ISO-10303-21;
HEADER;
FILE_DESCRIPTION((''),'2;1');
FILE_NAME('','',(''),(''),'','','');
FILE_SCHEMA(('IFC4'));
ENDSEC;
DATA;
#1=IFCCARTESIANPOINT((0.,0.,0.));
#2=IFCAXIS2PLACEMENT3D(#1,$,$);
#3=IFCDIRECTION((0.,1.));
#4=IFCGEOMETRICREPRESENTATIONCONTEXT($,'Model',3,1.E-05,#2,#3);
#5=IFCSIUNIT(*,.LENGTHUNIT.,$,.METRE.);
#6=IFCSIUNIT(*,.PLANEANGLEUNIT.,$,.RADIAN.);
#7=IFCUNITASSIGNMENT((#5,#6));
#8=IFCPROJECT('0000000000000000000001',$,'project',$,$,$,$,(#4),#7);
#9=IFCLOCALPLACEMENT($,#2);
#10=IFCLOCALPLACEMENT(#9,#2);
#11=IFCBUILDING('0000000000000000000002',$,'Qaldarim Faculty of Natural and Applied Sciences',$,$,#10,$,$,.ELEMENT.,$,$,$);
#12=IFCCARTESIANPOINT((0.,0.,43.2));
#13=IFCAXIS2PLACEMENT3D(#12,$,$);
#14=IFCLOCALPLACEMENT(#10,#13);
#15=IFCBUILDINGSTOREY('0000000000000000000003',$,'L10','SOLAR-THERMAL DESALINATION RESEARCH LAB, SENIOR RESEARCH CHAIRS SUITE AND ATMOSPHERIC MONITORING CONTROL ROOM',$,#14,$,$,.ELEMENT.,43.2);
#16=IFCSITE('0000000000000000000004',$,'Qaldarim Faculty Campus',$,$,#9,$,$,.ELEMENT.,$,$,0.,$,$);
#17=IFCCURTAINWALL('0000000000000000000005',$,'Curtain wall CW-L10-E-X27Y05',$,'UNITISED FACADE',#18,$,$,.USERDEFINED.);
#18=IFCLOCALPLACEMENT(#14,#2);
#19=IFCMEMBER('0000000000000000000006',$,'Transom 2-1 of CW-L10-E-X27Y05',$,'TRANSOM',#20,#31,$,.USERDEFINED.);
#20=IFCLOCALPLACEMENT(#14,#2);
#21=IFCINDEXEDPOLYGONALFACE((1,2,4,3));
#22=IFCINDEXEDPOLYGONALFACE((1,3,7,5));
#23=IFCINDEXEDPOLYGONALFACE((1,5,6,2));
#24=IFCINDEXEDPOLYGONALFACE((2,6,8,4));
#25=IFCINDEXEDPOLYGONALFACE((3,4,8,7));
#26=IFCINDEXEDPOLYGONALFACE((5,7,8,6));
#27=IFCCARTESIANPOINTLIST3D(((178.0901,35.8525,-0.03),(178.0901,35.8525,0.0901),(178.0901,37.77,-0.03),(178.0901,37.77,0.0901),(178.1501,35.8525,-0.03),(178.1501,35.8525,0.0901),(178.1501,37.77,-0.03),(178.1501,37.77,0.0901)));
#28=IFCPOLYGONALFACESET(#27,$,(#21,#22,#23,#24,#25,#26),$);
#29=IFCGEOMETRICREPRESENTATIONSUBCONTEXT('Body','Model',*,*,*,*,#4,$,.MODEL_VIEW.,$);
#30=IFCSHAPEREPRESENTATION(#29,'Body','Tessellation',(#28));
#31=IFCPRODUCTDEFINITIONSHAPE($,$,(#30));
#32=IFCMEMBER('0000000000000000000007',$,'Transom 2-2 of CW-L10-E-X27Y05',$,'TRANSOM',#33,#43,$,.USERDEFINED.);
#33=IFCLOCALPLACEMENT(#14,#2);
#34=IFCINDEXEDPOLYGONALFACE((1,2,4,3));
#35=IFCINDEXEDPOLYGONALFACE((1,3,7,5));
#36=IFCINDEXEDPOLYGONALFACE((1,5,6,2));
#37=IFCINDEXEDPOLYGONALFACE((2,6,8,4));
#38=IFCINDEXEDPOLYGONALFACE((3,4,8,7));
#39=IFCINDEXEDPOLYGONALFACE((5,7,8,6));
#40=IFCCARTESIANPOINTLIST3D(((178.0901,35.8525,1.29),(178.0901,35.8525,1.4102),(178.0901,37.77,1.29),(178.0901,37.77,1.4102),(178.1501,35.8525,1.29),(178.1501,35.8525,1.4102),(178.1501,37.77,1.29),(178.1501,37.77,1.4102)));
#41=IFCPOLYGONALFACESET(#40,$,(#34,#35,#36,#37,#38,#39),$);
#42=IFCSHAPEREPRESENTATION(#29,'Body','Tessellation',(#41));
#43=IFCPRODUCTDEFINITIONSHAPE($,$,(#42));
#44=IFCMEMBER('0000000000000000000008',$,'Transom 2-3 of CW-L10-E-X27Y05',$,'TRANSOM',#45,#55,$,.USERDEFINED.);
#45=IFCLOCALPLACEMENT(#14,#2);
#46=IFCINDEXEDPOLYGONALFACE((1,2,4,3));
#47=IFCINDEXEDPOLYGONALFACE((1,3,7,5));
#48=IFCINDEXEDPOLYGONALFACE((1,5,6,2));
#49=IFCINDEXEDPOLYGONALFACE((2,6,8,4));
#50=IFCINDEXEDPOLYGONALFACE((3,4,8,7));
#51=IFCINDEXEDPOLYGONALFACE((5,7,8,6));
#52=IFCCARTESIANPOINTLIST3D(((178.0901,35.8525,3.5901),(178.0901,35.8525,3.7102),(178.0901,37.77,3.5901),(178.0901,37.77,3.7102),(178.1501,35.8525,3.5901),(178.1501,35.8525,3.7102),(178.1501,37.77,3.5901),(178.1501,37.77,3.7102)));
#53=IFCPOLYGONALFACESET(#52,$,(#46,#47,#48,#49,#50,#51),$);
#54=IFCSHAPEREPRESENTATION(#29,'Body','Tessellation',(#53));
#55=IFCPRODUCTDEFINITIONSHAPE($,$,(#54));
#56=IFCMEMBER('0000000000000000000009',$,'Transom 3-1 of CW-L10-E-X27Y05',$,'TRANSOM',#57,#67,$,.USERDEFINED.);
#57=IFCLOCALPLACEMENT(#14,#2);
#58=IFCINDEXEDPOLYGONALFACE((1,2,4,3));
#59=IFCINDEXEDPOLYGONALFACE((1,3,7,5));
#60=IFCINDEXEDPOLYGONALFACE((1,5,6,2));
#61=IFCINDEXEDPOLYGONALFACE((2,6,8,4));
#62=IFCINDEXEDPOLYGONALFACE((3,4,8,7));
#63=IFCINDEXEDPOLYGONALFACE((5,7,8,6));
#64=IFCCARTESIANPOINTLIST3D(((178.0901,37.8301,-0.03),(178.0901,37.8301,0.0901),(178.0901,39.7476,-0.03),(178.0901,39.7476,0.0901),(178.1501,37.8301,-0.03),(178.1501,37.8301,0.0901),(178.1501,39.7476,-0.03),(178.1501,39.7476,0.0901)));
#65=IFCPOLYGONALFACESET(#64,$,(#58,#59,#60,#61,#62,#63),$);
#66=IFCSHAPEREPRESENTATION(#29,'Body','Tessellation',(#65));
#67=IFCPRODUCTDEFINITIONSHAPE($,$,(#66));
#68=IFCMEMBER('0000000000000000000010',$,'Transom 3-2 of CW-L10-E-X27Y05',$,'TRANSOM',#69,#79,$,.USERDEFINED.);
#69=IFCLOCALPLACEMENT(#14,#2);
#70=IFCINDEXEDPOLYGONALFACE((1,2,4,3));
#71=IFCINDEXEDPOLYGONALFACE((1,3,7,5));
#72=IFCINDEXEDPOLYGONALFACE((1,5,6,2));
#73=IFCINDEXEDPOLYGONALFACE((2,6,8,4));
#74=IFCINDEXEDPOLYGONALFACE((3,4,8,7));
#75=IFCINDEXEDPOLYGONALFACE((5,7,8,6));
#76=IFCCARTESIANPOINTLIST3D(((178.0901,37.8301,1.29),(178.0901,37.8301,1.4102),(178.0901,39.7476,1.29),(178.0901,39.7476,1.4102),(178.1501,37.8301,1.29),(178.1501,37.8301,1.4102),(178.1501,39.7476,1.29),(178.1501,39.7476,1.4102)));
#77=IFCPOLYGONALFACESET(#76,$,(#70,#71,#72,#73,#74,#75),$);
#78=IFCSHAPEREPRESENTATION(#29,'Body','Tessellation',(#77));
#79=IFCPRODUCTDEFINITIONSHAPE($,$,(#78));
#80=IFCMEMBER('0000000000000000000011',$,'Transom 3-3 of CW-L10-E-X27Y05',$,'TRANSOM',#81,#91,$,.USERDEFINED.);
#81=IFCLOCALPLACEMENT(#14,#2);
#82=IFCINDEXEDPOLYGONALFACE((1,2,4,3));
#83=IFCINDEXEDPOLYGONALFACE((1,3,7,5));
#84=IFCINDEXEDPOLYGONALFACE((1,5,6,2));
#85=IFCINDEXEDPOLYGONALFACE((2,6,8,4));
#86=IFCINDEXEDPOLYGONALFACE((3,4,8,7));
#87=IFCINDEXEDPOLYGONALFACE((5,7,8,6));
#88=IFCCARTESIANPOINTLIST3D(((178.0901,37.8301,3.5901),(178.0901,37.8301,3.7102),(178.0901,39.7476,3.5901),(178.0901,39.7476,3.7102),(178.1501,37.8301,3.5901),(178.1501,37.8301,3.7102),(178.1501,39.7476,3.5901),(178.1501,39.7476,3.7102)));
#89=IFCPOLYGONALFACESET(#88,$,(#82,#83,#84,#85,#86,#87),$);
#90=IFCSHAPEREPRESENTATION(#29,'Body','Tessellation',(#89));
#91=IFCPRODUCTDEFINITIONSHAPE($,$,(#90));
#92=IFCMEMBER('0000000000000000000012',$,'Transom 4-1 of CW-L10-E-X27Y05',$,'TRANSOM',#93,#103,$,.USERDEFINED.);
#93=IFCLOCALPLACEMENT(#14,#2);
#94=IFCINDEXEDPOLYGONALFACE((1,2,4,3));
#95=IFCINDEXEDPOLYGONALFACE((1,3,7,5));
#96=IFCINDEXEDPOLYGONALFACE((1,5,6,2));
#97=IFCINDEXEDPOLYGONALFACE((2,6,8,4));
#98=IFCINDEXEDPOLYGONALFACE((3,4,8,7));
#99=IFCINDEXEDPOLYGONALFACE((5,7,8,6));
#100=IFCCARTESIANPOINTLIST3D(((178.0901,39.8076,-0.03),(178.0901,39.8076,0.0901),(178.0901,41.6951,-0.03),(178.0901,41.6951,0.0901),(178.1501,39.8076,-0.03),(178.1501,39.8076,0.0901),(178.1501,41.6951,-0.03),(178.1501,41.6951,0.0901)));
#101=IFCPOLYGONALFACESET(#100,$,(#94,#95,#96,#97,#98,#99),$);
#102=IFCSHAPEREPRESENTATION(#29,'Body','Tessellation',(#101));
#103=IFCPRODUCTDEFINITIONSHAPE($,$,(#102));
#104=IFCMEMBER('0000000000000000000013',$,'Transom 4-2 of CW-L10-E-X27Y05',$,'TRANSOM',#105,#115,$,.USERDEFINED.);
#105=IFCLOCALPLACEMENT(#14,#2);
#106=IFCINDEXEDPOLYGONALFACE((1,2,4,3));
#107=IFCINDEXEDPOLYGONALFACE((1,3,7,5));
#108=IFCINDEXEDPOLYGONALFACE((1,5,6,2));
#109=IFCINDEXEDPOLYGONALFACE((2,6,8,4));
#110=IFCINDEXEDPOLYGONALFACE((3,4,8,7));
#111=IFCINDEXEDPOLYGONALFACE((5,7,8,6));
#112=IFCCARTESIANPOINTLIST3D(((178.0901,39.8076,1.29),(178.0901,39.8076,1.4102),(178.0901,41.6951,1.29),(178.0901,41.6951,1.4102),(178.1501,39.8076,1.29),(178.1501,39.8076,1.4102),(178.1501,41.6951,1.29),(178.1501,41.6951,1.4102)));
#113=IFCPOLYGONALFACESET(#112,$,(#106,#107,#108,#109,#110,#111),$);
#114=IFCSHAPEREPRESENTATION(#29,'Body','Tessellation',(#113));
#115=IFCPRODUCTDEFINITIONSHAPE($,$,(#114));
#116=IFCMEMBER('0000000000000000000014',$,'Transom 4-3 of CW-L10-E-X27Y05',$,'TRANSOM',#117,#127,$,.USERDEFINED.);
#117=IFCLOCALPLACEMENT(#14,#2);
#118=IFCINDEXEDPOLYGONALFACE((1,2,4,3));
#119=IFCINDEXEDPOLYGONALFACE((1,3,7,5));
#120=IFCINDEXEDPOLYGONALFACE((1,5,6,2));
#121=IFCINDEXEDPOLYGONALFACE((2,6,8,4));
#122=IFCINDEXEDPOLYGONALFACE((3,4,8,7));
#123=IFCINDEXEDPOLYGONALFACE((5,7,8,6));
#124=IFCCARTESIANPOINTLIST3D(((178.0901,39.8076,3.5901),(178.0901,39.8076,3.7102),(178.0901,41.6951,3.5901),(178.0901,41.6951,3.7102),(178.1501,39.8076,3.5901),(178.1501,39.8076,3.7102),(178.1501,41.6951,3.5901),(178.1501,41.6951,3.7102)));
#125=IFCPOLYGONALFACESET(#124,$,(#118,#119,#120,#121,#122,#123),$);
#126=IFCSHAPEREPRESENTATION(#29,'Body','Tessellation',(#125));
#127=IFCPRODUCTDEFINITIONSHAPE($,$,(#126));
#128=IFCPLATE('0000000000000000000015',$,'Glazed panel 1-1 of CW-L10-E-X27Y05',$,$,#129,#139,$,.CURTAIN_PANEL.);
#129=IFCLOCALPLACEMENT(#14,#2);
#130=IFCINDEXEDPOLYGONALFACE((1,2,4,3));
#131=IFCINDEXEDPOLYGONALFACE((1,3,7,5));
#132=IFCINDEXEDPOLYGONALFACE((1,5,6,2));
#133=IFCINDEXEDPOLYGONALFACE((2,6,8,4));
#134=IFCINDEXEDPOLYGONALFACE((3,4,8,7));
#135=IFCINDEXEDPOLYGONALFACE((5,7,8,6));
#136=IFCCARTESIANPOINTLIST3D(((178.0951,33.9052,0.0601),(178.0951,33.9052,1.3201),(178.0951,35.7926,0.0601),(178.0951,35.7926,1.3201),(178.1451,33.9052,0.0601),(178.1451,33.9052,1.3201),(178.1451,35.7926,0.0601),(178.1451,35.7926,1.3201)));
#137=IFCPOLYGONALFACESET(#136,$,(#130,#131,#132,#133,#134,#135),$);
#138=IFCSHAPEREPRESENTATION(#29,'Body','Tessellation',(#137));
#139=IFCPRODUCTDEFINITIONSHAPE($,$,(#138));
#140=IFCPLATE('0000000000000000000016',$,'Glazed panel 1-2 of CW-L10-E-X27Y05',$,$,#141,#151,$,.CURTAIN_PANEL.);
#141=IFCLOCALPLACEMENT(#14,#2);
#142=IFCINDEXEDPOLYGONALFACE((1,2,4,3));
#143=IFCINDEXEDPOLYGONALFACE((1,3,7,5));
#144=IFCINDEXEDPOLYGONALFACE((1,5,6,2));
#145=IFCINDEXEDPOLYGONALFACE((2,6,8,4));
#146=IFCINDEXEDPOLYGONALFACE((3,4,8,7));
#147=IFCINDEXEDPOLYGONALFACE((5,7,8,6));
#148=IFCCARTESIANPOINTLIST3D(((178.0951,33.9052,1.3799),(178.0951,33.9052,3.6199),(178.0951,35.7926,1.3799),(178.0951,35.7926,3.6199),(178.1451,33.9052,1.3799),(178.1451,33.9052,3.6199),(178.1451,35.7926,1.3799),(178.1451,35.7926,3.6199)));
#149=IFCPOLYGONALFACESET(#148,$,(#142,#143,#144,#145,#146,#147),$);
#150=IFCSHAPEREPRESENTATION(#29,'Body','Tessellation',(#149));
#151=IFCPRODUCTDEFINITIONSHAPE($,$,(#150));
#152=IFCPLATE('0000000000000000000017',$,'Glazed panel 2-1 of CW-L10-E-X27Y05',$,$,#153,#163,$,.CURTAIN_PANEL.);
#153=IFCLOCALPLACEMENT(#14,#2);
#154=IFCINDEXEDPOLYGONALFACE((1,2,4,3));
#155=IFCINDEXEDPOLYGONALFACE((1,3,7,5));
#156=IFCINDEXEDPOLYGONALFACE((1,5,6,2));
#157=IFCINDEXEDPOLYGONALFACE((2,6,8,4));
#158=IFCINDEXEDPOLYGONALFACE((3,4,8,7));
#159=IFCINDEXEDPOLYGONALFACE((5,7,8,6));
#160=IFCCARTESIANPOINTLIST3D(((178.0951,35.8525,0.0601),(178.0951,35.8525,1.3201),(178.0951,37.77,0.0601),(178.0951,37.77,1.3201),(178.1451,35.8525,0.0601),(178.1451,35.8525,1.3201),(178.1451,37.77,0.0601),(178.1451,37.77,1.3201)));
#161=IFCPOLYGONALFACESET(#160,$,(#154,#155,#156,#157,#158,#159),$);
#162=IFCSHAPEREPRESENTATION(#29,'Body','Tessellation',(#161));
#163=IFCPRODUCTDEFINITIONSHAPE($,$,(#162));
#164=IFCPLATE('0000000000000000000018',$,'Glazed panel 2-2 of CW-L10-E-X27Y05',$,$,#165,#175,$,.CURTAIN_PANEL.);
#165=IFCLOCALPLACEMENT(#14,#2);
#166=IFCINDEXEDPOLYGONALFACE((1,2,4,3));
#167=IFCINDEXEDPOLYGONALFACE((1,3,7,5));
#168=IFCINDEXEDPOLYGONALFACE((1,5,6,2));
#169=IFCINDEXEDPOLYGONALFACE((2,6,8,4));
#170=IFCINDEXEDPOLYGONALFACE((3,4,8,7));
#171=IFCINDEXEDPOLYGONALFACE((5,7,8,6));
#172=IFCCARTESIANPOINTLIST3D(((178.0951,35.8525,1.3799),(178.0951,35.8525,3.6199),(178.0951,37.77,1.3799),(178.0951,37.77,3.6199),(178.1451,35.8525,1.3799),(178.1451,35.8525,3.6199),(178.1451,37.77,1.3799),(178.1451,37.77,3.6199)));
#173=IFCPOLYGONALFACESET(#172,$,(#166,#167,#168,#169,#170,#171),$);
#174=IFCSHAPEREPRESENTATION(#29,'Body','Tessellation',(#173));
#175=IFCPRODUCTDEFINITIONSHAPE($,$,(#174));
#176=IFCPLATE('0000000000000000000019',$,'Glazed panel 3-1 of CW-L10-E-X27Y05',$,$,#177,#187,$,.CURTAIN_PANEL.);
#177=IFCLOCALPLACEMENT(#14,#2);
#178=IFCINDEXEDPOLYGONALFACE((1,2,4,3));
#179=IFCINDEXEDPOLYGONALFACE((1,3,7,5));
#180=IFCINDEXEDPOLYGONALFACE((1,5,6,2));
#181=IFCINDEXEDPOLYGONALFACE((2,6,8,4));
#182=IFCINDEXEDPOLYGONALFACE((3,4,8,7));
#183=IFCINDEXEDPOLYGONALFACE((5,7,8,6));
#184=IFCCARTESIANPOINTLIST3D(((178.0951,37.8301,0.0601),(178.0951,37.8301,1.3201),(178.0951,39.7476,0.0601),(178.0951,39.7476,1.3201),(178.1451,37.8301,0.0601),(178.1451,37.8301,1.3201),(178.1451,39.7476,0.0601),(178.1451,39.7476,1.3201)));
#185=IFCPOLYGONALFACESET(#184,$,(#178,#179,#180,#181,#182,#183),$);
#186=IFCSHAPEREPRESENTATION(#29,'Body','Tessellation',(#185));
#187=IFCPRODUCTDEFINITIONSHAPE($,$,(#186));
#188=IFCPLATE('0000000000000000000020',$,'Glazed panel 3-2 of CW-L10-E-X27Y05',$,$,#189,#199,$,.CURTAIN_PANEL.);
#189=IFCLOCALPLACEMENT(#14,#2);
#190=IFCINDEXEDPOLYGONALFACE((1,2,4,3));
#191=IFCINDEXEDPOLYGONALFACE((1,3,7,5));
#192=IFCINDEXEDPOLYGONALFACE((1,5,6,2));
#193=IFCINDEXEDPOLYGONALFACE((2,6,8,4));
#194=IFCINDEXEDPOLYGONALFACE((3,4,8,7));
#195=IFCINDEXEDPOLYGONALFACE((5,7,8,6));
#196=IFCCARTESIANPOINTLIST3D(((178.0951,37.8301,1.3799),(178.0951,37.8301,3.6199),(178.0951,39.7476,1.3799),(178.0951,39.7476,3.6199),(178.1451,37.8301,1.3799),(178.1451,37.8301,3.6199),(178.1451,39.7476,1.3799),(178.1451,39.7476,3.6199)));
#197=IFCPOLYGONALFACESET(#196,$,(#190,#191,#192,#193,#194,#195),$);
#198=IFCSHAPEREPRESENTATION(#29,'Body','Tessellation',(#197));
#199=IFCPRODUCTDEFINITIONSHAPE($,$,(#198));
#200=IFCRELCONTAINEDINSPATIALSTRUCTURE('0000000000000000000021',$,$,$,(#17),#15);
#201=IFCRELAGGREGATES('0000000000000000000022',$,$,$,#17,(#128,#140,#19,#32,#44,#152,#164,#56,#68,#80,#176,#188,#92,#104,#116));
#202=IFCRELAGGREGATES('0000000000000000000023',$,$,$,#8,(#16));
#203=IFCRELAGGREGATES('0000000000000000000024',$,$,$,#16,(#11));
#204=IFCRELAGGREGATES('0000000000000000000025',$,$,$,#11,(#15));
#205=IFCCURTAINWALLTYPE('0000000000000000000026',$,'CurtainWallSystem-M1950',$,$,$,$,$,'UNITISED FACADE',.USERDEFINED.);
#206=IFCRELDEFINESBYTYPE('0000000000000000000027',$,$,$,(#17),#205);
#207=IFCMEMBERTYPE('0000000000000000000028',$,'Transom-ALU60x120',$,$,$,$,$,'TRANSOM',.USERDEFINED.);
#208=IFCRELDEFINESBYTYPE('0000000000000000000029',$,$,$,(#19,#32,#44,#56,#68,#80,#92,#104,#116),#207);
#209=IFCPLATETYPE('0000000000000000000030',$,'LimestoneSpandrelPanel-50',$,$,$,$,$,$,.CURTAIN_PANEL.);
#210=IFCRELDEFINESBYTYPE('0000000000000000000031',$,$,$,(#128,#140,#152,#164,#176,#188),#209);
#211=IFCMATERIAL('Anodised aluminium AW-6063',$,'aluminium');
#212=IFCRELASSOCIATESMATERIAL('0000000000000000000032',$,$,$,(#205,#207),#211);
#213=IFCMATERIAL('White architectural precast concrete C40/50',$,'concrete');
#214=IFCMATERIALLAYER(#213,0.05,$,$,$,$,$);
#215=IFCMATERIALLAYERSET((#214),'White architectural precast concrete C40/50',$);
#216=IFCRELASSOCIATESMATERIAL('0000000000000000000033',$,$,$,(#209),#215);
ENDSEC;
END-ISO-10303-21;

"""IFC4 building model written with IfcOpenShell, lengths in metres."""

from ifc_helpers import new_model, si_unit, direction, frame, origin, origin_2d, place, context, subcontext, project, spatial, rectangle, extrude, material, layer, layer_set, material_profile, profile_set, type_object, element, aggregate, save


model = new_model("IFC4")

# Units and contexts
model_context = context("Model", 3, precision=1e-05, world=origin(), true_north=direction((0.0, 1.0)))
body_context = subcontext(model_context, "Body", "Model", "MODEL_VIEW")
ifc_project = project(units=[si_unit("LENGTHUNIT", "METRE"), si_unit("PLANEANGLEUNIT", "RADIAN")], contexts=[model_context])

# Site, building, storey
site_placement = place(None, origin())
site = spatial("IfcSite", under=ifc_project, at=site_placement, Name="Qaldarim Faculty Campus", CompositionType="ELEMENT", RefElevation=0.0)
building_placement = place(site_placement, origin())
building = spatial("IfcBuilding", under=site, at=building_placement, Name="Qaldarim Faculty of Natural and Applied Sciences", CompositionType="ELEMENT")
storey_placement = place(building_placement, frame((0.0, 0.0, 43.2)))
storey = spatial("IfcBuildingStorey", under=building, at=storey_placement, Name="L10", Description="SOLAR-THERMAL DESALINATION RESEARCH LAB, SENIOR RESEARCH CHAIRS SUITE AND ATMOSPHERIC MONITORING CONTROL ROOM", CompositionType="ELEMENT", Elevation=43.2)

# Curtain wall
ifc_material_1 = material(Name="Anodised aluminium AW-6063", Category="aluminium")
curtain_wall_type = type_object("IfcCurtainWallType", Name="CurtainWallSystem-M1950", ElementType="UNITISED FACADE", PredefinedType="USERDEFINED", material=ifc_material_1)
curtain_wall_placement = place(storey_placement, origin())
curtain_wall = element("IfcCurtainWall", 1, at=curtain_wall_placement, inside=storey, type_object=curtain_wall_type, Name="Curtain wall CW-L10-E-X27Y05", ObjectType="UNITISED FACADE", PredefinedType="USERDEFINED")

# Members
ifc_material_profile_1 = material_profile(ifc_material_1, rectangle(XDim=0.0601, YDim=0.1201, at=origin_2d()), Name="ALU-T60x120")
ifc_profile_set_1 = profile_set([ifc_material_profile_1], Name="Anodised aluminium AW-6063")
member_type_1 = type_object("IfcMemberType", Name="Transom-ALU60x120", ElementType="TRANSOM", PredefinedType="USERDEFINED", material=ifc_profile_set_1)
member_1_placement = place(storey_placement, frame((178.1201, 35.8525, 0.03), z_axis=(0.0, 1.0, 0.0), x_axis=(-1.0, 0.0, 0.0)))
member_1 = element("IfcMember", 2, at=member_1_placement, type_object=member_type_1, Name="Transom 2-1 of CW-L10-E-X27Y05", ObjectType="TRANSOM", PredefinedType="USERDEFINED", context=body_context, shape_type="SweptSolid", body=[
    extrude(rectangle(XDim=0.0601, YDim=0.1201, at=origin_2d()), origin(), (0.0, 0.0, 1.0), 1.9175),
])
member_2_placement = place(storey_placement, frame((178.1201, 35.8525, 1.3501), z_axis=(0.0, 1.0, 0.0), x_axis=(-1.0, 0.0, 0.0)))
member_2 = element("IfcMember", 3, at=member_2_placement, type_object=member_type_1, Name="Transom 2-2 of CW-L10-E-X27Y05", ObjectType="TRANSOM", PredefinedType="USERDEFINED", context=body_context, shape_type="SweptSolid", body=[
    extrude(rectangle(XDim=0.0601, YDim=0.1201, at=origin_2d()), origin(), (0.0, 0.0, 1.0), 1.9175),
])
member_3_placement = place(storey_placement, frame((178.1201, 35.8525, 3.6501), z_axis=(0.0, 1.0, 0.0), x_axis=(-1.0, 0.0, 0.0)))
member_3 = element("IfcMember", 4, at=member_3_placement, type_object=member_type_1, Name="Transom 2-3 of CW-L10-E-X27Y05", ObjectType="TRANSOM", PredefinedType="USERDEFINED", context=body_context, shape_type="SweptSolid", body=[
    extrude(rectangle(XDim=0.0601, YDim=0.1201, at=origin_2d()), origin(), (0.0, 0.0, 1.0), 1.9175),
])
member_4_placement = place(storey_placement, frame((178.1201, 37.8301, 0.03), z_axis=(0.0, 1.0, 0.0), x_axis=(-1.0, 0.0, 0.0)))
member_4 = element("IfcMember", 5, at=member_4_placement, type_object=member_type_1, Name="Transom 3-1 of CW-L10-E-X27Y05", ObjectType="TRANSOM", PredefinedType="USERDEFINED", context=body_context, shape_type="SweptSolid", body=[
    extrude(rectangle(XDim=0.0601, YDim=0.1201, at=origin_2d()), origin(), (0.0, 0.0, 1.0), 1.9175),
])
member_5_placement = place(storey_placement, frame((178.1201, 37.8301, 1.3501), z_axis=(0.0, 1.0, 0.0), x_axis=(-1.0, 0.0, 0.0)))
member_5 = element("IfcMember", 6, at=member_5_placement, type_object=member_type_1, Name="Transom 3-2 of CW-L10-E-X27Y05", ObjectType="TRANSOM", PredefinedType="USERDEFINED", context=body_context, shape_type="SweptSolid", body=[
    extrude(rectangle(XDim=0.0601, YDim=0.1201, at=origin_2d()), origin(), (0.0, 0.0, 1.0), 1.9175),
])
member_6_placement = place(storey_placement, frame((178.1201, 37.8301, 3.6501), z_axis=(0.0, 1.0, 0.0), x_axis=(-1.0, 0.0, 0.0)))
member_6 = element("IfcMember", 7, at=member_6_placement, type_object=member_type_1, Name="Transom 3-3 of CW-L10-E-X27Y05", ObjectType="TRANSOM", PredefinedType="USERDEFINED", context=body_context, shape_type="SweptSolid", body=[
    extrude(rectangle(XDim=0.0601, YDim=0.1201, at=origin_2d()), origin(), (0.0, 0.0, 1.0), 1.9175),
])
member_7_placement = place(storey_placement, frame((178.1201, 39.8076, 0.03), z_axis=(0.0, 1.0, 0.0), x_axis=(-1.0, 0.0, 0.0)))
member_7 = element("IfcMember", 8, at=member_7_placement, type_object=member_type_1, Name="Transom 4-1 of CW-L10-E-X27Y05", ObjectType="TRANSOM", PredefinedType="USERDEFINED", context=body_context, shape_type="SweptSolid", body=[
    extrude(rectangle(XDim=0.0601, YDim=0.1201, at=origin_2d()), origin(), (0.0, 0.0, 1.0), 1.8875),
])
member_8_placement = place(storey_placement, frame((178.1201, 39.8076, 1.3501), z_axis=(0.0, 1.0, 0.0), x_axis=(-1.0, 0.0, 0.0)))
member_8 = element("IfcMember", 9, at=member_8_placement, type_object=member_type_1, Name="Transom 4-2 of CW-L10-E-X27Y05", ObjectType="TRANSOM", PredefinedType="USERDEFINED", context=body_context, shape_type="SweptSolid", body=[
    extrude(rectangle(XDim=0.0601, YDim=0.1201, at=origin_2d()), origin(), (0.0, 0.0, 1.0), 1.8875),
])
member_9_placement = place(storey_placement, frame((178.1201, 39.8076, 3.6501), z_axis=(0.0, 1.0, 0.0), x_axis=(-1.0, 0.0, 0.0)))
member_9 = element("IfcMember", 10, at=member_9_placement, type_object=member_type_1, Name="Transom 4-3 of CW-L10-E-X27Y05", ObjectType="TRANSOM", PredefinedType="USERDEFINED", context=body_context, shape_type="SweptSolid", body=[
    extrude(rectangle(XDim=0.0601, YDim=0.1201, at=origin_2d()), origin(), (0.0, 0.0, 1.0), 1.8875),
])

# Plates
ifc_material_2 = material(Name="White architectural precast concrete C40/50", Category="concrete")
ifc_layer_1 = layer(ifc_material_2, 0.05)
ifc_layer_set_1 = layer_set([ifc_layer_1], Name="White architectural precast concrete C40/50")
plate_type = type_object("IfcPlateType", Name="LimestoneSpandrelPanel-50", PredefinedType="CURTAIN_PANEL", material=ifc_layer_set_1)
plate_1_placement = place(storey_placement, frame((178.1201, 34.8489, 0.0601), z_axis=(0.0, 0.0, 1.0), x_axis=(0.0, 1.0, 0.0)))
plate_1 = element("IfcPlate", 11, at=plate_1_placement, type_object=plate_type, Name="Glazed panel 1-1 of CW-L10-E-X27Y05", PredefinedType="CURTAIN_PANEL", context=body_context, shape_type="SweptSolid", body=[
    extrude(rectangle(XDim=1.8875, YDim=0.05, at=origin_2d()), origin(), (0.0, 0.0, 1.0), 1.26),
])
plate_2_placement = place(storey_placement, frame((178.1201, 34.8489, 1.3799), z_axis=(0.0, 0.0, 1.0), x_axis=(0.0, 1.0, 0.0)))
plate_2 = element("IfcPlate", 12, at=plate_2_placement, type_object=plate_type, Name="Glazed panel 1-2 of CW-L10-E-X27Y05", PredefinedType="CURTAIN_PANEL", context=body_context, shape_type="SweptSolid", body=[
    extrude(rectangle(XDim=1.8875, YDim=0.05, at=origin_2d()), origin(), (0.0, 0.0, 1.0), 2.24),
])
plate_3_placement = place(storey_placement, frame((178.1201, 36.8113, 0.0601), z_axis=(0.0, 0.0, 1.0), x_axis=(0.0, 1.0, 0.0)))
plate_3 = element("IfcPlate", 13, at=plate_3_placement, type_object=plate_type, Name="Glazed panel 2-1 of CW-L10-E-X27Y05", PredefinedType="CURTAIN_PANEL", context=body_context, shape_type="SweptSolid", body=[
    extrude(rectangle(XDim=1.9175, YDim=0.05, at=origin_2d()), origin(), (0.0, 0.0, 1.0), 1.26),
])
plate_4_placement = place(storey_placement, frame((178.1201, 36.8113, 1.3799), z_axis=(0.0, 0.0, 1.0), x_axis=(0.0, 1.0, 0.0)))
plate_4 = element("IfcPlate", 14, at=plate_4_placement, type_object=plate_type, Name="Glazed panel 2-2 of CW-L10-E-X27Y05", PredefinedType="CURTAIN_PANEL", context=body_context, shape_type="SweptSolid", body=[
    extrude(rectangle(XDim=1.9175, YDim=0.05, at=origin_2d()), origin(), (0.0, 0.0, 1.0), 2.24),
])
plate_5_placement = place(storey_placement, frame((178.1201, 38.7888, 0.0601), z_axis=(0.0, 0.0, 1.0), x_axis=(0.0, 1.0, 0.0)))
plate_5 = element("IfcPlate", 15, at=plate_5_placement, type_object=plate_type, Name="Glazed panel 3-1 of CW-L10-E-X27Y05", PredefinedType="CURTAIN_PANEL", context=body_context, shape_type="SweptSolid", body=[
    extrude(rectangle(XDim=1.9175, YDim=0.05, at=origin_2d()), origin(), (0.0, 0.0, 1.0), 1.26),
])
plate_6_placement = place(storey_placement, frame((178.1201, 38.7888, 1.3799), z_axis=(0.0, 0.0, 1.0), x_axis=(0.0, 1.0, 0.0)))
plate_6 = element("IfcPlate", 16, at=plate_6_placement, type_object=plate_type, Name="Glazed panel 3-2 of CW-L10-E-X27Y05", PredefinedType="CURTAIN_PANEL", context=body_context, shape_type="SweptSolid", body=[
    extrude(rectangle(XDim=1.9175, YDim=0.05, at=origin_2d()), origin(), (0.0, 0.0, 1.0), 2.24),
])
aggregate(curtain_wall, [plate_1, plate_2, member_1, member_2, member_3, plate_3, plate_4, member_4, member_5, member_6, plate_5, plate_6, member_7, member_8, member_9])

save(model, "model.ifc")
